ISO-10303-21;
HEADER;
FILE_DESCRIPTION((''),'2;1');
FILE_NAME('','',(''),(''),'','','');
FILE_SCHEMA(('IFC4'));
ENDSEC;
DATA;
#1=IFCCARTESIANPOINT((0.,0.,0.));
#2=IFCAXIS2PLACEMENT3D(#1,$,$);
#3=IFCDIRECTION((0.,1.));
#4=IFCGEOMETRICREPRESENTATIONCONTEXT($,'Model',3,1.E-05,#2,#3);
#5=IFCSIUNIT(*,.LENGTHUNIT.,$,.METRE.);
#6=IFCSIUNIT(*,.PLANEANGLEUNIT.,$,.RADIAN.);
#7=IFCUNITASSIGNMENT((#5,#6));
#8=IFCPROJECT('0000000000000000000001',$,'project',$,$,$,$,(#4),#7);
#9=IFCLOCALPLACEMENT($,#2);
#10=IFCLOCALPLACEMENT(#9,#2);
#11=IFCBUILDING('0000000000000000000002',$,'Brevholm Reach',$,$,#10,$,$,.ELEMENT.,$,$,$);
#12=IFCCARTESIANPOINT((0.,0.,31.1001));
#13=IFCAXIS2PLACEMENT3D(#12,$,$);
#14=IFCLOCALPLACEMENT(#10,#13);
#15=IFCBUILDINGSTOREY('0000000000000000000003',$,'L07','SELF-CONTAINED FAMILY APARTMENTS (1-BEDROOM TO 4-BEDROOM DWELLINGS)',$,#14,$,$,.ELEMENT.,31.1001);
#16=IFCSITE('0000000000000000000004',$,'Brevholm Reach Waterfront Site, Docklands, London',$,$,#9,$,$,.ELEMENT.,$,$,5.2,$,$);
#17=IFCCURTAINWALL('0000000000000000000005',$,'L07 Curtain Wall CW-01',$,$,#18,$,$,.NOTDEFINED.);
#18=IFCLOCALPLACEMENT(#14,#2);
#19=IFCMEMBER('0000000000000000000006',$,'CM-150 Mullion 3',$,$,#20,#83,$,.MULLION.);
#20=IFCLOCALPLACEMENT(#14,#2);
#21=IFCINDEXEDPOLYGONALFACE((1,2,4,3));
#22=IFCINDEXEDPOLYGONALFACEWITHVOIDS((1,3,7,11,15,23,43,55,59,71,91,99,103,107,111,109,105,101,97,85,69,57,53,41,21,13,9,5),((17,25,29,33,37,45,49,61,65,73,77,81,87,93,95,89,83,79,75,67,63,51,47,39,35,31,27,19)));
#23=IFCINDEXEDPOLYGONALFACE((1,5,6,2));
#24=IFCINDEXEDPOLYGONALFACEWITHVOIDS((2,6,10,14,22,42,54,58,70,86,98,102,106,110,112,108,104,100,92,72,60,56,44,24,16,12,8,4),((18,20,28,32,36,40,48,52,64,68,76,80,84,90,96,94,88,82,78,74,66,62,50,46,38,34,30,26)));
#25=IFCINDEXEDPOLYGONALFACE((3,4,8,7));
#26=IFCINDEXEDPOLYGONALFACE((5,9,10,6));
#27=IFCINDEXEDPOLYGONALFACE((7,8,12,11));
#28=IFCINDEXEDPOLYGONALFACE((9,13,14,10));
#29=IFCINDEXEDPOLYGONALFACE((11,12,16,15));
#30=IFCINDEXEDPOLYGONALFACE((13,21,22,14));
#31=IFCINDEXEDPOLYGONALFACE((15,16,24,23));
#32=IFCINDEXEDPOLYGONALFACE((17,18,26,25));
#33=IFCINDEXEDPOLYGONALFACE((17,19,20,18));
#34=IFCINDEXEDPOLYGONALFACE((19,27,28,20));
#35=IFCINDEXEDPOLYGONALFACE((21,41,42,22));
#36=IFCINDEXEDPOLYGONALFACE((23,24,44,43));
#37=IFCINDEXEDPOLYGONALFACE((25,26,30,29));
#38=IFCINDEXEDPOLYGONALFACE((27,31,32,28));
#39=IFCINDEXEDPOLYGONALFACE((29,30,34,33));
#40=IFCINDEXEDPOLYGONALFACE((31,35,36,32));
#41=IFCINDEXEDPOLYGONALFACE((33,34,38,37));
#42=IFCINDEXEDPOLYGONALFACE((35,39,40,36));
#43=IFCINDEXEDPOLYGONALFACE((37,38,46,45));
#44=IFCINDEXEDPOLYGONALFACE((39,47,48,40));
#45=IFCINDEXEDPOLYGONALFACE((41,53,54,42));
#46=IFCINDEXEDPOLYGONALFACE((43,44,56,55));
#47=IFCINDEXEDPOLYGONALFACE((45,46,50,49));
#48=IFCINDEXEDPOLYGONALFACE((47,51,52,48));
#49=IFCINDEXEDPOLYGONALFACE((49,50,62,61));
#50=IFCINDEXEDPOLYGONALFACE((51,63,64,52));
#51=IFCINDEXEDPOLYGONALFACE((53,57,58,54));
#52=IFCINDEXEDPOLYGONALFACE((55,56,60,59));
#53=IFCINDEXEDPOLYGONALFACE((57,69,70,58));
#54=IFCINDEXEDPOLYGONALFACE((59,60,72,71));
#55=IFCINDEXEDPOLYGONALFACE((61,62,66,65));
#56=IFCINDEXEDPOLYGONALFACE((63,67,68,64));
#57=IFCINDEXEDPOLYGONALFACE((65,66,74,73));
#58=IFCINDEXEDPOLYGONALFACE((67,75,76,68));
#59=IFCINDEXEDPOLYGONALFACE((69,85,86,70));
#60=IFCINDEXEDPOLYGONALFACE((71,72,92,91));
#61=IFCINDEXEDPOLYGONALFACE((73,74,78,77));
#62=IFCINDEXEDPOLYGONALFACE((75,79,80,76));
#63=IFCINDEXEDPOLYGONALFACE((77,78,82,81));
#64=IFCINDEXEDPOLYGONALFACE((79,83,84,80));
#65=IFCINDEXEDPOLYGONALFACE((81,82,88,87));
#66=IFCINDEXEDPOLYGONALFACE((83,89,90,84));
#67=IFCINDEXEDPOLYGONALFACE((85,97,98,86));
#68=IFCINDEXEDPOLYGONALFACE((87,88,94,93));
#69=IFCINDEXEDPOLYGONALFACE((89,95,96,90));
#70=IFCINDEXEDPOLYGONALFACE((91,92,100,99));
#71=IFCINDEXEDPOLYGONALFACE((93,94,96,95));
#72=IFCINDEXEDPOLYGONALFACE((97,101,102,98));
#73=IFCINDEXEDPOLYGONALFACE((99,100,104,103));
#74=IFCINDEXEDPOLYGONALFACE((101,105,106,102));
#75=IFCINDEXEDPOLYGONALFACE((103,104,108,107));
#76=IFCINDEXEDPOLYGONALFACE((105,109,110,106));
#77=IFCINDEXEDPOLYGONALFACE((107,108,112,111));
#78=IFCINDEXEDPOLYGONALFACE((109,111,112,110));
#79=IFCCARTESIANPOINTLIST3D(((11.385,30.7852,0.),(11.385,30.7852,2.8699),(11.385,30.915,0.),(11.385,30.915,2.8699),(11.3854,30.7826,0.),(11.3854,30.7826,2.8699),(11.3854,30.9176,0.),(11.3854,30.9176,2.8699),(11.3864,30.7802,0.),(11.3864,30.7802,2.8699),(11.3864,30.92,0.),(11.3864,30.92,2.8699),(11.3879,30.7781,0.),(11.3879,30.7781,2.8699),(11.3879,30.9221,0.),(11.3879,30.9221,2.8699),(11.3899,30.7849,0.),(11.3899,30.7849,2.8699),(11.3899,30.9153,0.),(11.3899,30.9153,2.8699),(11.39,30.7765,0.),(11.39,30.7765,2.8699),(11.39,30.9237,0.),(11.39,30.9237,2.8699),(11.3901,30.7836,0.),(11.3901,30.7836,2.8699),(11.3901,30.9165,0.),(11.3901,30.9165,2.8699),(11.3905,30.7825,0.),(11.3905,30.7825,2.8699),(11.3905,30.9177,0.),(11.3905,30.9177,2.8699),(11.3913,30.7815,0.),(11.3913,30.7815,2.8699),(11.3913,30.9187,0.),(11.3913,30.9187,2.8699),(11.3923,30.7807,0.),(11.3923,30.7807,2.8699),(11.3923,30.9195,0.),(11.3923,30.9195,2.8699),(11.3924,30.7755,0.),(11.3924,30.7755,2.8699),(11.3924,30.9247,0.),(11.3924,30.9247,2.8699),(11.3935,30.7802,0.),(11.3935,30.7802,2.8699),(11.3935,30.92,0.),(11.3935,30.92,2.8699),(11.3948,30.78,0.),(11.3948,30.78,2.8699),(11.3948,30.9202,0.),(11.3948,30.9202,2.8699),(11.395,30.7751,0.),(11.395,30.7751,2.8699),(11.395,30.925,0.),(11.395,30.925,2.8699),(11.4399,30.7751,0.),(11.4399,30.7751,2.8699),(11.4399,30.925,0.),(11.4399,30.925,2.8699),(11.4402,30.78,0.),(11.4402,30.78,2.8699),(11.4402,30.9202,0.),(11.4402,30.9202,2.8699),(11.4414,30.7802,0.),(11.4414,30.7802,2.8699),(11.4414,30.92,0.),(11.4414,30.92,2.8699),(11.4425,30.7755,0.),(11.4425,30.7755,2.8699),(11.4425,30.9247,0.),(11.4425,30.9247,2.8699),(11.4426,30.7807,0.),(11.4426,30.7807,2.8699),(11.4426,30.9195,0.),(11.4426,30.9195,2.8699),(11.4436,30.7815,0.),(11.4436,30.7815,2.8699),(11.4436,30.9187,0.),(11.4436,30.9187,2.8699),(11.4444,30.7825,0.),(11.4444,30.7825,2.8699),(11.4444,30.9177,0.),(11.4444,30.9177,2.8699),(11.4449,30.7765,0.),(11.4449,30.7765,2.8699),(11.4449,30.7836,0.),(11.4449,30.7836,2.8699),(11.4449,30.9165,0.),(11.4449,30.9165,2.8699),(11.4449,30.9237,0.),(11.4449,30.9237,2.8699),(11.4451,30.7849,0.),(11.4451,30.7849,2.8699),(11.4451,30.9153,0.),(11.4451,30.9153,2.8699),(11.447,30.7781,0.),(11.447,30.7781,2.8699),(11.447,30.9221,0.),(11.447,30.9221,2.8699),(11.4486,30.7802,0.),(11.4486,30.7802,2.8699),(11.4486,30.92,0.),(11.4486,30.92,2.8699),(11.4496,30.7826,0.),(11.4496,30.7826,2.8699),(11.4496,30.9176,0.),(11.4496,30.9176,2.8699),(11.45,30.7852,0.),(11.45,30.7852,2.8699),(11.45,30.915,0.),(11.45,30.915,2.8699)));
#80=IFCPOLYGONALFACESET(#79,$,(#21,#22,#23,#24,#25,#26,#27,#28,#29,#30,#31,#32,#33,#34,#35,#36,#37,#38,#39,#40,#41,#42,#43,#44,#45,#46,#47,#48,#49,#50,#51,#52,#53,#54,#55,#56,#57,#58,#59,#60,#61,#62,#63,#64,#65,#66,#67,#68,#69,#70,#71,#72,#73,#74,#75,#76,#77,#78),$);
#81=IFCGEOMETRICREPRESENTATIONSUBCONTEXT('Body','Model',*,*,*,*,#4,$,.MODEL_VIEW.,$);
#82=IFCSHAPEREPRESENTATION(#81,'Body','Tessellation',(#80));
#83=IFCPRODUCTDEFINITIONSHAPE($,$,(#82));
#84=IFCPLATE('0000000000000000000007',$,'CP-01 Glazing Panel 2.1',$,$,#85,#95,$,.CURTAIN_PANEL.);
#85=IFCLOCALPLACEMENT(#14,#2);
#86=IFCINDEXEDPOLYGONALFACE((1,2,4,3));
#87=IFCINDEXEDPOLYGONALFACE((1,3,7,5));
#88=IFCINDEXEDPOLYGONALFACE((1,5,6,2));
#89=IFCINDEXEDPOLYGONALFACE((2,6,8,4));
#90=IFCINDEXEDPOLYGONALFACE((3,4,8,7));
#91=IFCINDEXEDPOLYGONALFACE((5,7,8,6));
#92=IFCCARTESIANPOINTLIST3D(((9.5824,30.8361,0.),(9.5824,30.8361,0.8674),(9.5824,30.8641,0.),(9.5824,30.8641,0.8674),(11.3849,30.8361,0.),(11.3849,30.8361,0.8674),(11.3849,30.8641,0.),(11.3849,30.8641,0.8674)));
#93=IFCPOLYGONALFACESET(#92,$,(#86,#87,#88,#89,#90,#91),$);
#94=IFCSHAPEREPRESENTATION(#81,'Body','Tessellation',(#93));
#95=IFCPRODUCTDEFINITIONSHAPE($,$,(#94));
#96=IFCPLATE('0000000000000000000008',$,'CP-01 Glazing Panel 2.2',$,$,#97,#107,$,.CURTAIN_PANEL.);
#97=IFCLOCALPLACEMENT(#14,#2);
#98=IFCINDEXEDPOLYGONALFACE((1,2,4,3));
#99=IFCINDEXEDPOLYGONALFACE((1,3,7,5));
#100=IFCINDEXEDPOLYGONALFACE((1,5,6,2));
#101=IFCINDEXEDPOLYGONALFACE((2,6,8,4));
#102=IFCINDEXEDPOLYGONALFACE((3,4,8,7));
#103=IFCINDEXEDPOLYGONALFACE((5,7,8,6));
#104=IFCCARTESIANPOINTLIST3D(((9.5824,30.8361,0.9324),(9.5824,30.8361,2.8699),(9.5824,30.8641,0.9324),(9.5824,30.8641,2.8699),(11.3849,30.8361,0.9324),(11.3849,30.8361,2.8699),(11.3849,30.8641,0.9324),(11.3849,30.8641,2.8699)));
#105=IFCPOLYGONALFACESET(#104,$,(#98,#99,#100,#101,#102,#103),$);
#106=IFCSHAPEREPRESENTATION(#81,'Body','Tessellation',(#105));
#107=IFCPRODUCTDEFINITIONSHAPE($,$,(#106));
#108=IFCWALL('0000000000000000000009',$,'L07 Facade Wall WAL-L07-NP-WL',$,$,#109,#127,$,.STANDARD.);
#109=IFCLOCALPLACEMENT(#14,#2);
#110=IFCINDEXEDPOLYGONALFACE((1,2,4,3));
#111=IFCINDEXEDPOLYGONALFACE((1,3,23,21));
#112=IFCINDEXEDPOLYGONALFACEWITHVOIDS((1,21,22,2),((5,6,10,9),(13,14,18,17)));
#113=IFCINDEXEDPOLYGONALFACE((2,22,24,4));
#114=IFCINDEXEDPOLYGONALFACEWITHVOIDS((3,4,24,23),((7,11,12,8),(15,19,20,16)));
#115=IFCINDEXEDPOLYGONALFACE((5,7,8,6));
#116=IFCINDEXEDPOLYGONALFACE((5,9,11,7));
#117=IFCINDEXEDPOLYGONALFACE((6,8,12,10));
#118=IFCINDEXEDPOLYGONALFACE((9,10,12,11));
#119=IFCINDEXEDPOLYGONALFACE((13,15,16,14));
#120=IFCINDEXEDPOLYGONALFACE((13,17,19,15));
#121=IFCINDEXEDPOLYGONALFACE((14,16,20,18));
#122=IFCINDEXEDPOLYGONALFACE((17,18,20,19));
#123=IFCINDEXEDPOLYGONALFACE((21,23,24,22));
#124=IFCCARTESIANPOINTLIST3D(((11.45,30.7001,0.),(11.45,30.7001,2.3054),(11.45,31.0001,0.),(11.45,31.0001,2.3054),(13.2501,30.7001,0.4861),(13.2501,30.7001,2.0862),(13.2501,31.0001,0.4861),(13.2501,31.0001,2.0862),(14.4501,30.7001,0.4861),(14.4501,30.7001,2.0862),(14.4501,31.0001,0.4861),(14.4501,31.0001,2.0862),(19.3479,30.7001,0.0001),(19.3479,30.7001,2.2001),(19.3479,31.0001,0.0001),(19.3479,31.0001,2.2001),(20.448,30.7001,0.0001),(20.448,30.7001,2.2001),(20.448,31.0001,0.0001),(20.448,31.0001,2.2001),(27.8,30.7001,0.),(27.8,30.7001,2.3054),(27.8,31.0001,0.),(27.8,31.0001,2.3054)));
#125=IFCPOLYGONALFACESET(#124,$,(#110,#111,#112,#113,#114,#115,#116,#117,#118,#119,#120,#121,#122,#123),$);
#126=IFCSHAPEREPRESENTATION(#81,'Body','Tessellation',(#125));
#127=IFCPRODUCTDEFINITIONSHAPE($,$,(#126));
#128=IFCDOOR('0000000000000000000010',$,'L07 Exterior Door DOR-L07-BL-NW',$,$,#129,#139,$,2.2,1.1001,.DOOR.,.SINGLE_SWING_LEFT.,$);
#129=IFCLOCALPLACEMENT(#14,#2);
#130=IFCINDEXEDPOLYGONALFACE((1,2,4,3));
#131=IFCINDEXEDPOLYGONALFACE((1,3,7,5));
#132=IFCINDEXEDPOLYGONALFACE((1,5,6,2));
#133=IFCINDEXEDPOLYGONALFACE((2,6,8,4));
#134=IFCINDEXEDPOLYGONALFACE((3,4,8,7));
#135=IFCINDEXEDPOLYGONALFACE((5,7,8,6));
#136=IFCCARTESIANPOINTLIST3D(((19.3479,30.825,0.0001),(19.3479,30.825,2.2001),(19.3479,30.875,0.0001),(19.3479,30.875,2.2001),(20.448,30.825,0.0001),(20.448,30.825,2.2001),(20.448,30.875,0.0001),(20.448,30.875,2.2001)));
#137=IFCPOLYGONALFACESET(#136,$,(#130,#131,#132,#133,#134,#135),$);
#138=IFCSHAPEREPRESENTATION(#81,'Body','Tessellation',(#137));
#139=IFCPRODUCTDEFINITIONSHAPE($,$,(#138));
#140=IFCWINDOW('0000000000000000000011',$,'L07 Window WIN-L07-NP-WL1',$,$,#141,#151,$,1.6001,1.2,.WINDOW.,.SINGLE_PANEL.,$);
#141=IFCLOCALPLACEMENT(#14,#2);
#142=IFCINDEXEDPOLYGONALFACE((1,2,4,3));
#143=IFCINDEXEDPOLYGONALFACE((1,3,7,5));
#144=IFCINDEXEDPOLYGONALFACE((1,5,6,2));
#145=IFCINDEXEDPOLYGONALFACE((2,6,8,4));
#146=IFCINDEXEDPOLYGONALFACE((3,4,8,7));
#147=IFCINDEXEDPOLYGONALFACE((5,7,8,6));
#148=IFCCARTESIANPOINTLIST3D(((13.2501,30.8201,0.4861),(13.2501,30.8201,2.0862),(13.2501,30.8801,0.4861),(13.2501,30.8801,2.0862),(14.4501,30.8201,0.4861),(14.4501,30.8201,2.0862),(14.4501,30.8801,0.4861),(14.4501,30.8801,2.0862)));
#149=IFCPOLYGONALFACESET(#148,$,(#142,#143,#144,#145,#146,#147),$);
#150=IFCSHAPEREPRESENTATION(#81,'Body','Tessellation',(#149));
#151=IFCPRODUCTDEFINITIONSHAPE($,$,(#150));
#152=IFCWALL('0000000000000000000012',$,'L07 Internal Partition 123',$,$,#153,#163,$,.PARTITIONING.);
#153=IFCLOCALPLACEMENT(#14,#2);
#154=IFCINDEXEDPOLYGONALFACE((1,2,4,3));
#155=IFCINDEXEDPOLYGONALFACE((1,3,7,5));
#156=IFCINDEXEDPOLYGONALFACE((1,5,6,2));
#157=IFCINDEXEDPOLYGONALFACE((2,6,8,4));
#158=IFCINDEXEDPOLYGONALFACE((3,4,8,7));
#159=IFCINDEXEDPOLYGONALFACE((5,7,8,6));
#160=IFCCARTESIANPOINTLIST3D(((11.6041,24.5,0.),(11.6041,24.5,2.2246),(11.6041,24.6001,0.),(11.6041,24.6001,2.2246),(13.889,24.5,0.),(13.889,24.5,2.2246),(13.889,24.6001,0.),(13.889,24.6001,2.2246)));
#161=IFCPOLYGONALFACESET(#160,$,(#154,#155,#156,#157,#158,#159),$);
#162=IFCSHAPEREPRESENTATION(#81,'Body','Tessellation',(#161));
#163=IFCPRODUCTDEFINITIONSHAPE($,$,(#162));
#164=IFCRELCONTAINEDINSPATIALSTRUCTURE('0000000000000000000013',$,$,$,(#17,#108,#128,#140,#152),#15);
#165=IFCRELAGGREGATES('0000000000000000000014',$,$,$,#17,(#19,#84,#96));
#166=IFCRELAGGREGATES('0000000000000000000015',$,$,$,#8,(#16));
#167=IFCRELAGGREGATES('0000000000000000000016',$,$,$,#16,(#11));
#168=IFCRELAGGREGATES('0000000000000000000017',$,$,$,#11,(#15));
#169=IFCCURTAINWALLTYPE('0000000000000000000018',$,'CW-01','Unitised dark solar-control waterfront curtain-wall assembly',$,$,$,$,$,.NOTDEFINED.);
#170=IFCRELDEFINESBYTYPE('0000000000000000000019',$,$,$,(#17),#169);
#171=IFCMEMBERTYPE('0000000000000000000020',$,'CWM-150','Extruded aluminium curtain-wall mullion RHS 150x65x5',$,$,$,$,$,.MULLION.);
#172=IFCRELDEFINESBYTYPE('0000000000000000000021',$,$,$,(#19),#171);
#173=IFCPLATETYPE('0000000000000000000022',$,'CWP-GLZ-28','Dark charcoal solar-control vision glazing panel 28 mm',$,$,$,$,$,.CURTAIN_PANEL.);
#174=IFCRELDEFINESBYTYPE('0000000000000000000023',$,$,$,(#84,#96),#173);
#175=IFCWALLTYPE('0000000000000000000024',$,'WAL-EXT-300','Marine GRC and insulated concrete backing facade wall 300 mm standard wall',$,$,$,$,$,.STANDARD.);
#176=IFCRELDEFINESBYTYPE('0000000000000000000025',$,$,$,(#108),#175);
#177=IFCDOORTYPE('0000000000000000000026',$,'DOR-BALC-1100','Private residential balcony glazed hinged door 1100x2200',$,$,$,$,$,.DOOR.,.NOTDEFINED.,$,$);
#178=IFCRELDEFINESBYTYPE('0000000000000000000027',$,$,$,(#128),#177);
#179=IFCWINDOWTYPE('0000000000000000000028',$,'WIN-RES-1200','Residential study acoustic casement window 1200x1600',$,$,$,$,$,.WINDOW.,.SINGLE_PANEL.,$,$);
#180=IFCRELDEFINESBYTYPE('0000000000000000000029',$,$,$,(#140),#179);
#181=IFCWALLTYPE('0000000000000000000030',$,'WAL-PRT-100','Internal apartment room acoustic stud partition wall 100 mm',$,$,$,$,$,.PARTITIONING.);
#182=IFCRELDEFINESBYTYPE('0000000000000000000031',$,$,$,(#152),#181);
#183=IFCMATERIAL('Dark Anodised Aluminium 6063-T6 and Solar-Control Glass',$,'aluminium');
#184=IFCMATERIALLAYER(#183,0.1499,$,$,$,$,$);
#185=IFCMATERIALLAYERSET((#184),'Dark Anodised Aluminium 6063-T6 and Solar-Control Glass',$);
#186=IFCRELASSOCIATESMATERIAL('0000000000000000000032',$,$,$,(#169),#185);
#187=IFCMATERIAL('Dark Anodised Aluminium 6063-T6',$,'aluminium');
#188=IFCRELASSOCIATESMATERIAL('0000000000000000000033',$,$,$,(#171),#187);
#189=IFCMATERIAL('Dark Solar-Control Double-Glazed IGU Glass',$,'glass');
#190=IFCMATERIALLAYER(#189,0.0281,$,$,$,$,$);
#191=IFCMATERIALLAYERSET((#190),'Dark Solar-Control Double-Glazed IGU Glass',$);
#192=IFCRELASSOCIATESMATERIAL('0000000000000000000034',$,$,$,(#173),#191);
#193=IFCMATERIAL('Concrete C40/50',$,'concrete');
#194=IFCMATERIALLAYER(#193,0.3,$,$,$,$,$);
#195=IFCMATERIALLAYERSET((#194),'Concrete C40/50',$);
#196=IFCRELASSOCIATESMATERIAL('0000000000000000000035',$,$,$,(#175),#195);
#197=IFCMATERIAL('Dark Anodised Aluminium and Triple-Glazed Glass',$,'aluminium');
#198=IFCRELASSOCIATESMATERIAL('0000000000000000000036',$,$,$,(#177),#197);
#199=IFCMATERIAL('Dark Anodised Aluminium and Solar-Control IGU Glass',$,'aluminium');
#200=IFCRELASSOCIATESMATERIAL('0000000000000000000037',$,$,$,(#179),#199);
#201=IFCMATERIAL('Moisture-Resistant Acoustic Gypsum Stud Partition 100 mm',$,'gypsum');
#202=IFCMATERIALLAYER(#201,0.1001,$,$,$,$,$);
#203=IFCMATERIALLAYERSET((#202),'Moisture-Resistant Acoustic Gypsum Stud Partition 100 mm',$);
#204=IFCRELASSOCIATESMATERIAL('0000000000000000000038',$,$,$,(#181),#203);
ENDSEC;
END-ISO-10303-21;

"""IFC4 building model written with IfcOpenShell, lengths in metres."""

from ifc_helpers import new_model, si_unit, direction, frame, frame_2d, origin, origin_2d, place, context, subcontext, project, spatial, rectangle, hollow_rectangle, extrude, material, layer, layer_set, material_profile, profile_set, type_object, element, fill, aggregate, save


model = new_model("IFC4")

# Units and contexts
model_context = context("Model", 3, precision=1e-05, world=origin(), true_north=direction((0.0, 1.0)))
body_context = subcontext(model_context, "Body", "Model", "MODEL_VIEW")
ifc_project = project(units=[si_unit("LENGTHUNIT", "METRE"), si_unit("PLANEANGLEUNIT", "RADIAN")], contexts=[model_context])

# Site, building, storey
site_placement = place(None, origin())
site = spatial("IfcSite", under=ifc_project, at=site_placement, Name="Brevholm Reach Waterfront Site, Docklands, London", CompositionType="ELEMENT", RefElevation=5.2)
building_placement = place(site_placement, origin())
building = spatial("IfcBuilding", under=site, at=building_placement, Name="Brevholm Reach", CompositionType="ELEMENT")
storey_placement = place(building_placement, frame((0.0, 0.0, 31.1001)))
storey = spatial("IfcBuildingStorey", under=building, at=storey_placement, Name="L07", Description="SELF-CONTAINED FAMILY APARTMENTS (1-BEDROOM TO 4-BEDROOM DWELLINGS)", CompositionType="ELEMENT", Elevation=31.1001)

# Curtain wall, member, plates
ifc_material_1 = material(Name="Dark Anodised Aluminium 6063-T6 and Solar-Control Glass", Category="aluminium")
ifc_layer_1 = layer(ifc_material_1, 0.1499)
ifc_layer_set_1 = layer_set([ifc_layer_1], Name="Dark Anodised Aluminium 6063-T6 and Solar-Control Glass")
curtain_wall_type = type_object("IfcCurtainWallType", Name="CW-01", Description="Unitised dark solar-control waterfront curtain-wall assembly", PredefinedType="NOTDEFINED", material=ifc_layer_set_1)
curtain_wall_placement = place(storey_placement, origin())
curtain_wall = element("IfcCurtainWall", 1, at=curtain_wall_placement, inside=storey, type_object=curtain_wall_type, Name="L07 Curtain Wall CW-01", PredefinedType="NOTDEFINED")
ifc_material_2 = material(Name="Dark Anodised Aluminium 6063-T6", Category="aluminium")
ifc_material_profile_1 = material_profile(ifc_material_2, hollow_rectangle(XDim=0.0649, YDim=0.1499, WallThickness=0.0049, InnerFilletRadius=0.0049, OuterFilletRadius=0.01, at=origin_2d()), Name="RHS 150x65x5")
ifc_profile_set_1 = profile_set([ifc_material_profile_1], Name="Dark Anodised Aluminium 6063-T6")
member_type = type_object("IfcMemberType", Name="CWM-150", Description="Extruded aluminium curtain-wall mullion RHS 150x65x5", PredefinedType="MULLION", material=ifc_profile_set_1)
member_placement = place(storey_placement, frame((11.4175, 30.8501, 0.0), z_axis=(0.0, 0.0, 1.0), x_axis=(1.0, 0.0, 0.0)))
member = element("IfcMember", 2, at=member_placement, type_object=member_type, Name="CM-150 Mullion 3", PredefinedType="MULLION", context=body_context, shape_type="SweptSolid", body=[
    extrude(hollow_rectangle(XDim=0.0649, YDim=0.1499, WallThickness=0.0049, InnerFilletRadius=0.0049, OuterFilletRadius=0.01, at=origin_2d()), origin(), (0.0, 0.0, 1.0), 2.8699),
])
ifc_material_3 = material(Name="Dark Solar-Control Double-Glazed IGU Glass", Category="glass")
ifc_layer_2 = layer(ifc_material_3, 0.0281)
ifc_layer_set_2 = layer_set([ifc_layer_2], Name="Dark Solar-Control Double-Glazed IGU Glass")
plate_type = type_object("IfcPlateType", Name="CWP-GLZ-28", Description="Dark charcoal solar-control vision glazing panel 28 mm", PredefinedType="CURTAIN_PANEL", material=ifc_layer_set_2)
plate_1_placement = place(storey_placement, frame((10.4836, 30.8501, 0.0), z_axis=(0.0, 0.0, 1.0), x_axis=(1.0, 0.0, 0.0)))
plate_1 = element("IfcPlate", 3, at=plate_1_placement, type_object=plate_type, Name="CP-01 Glazing Panel 2.1", PredefinedType="CURTAIN_PANEL", context=body_context, shape_type="SweptSolid", body=[
    extrude(rectangle(XDim=1.8025, YDim=0.0281, at=origin_2d()), origin(), (0.0, 0.0, 1.0), 0.8674),
])
plate_2_placement = place(storey_placement, frame((10.4836, 30.8501, 0.9324), z_axis=(0.0, 0.0, 1.0), x_axis=(1.0, 0.0, 0.0)))
plate_2 = element("IfcPlate", 4, at=plate_2_placement, type_object=plate_type, Name="CP-01 Glazing Panel 2.2", PredefinedType="CURTAIN_PANEL", context=body_context, shape_type="SweptSolid", body=[
    extrude(rectangle(XDim=1.8025, YDim=0.0281, at=origin_2d()), origin(), (0.0, 0.0, 1.0), 1.9375),
])
aggregate(curtain_wall, [member, plate_1, plate_2])

# Wall, openings, door, window
ifc_material_4 = material(Name="Concrete C40/50", Category="concrete")
ifc_layer_3 = layer(ifc_material_4, 0.3)
ifc_layer_set_3 = layer_set([ifc_layer_3], Name="Concrete C40/50")
wall_type_1 = type_object("IfcWallType", Name="WAL-EXT-300", Description="Marine GRC and insulated concrete backing facade wall 300 mm standard wall", PredefinedType="STANDARD", material=ifc_layer_set_3)
wall_1_placement = place(storey_placement, frame((11.45, 30.8501, 0.0), z_axis=(0.0, 0.0, 1.0), x_axis=(1.0, 0.0, 0.0)))
wall_1 = element("IfcWall", 5, at=wall_1_placement, inside=storey, type_object=wall_type_1, Name="L07 Facade Wall WAL-L07-NP-WL", PredefinedType="STANDARD", context=body_context, shape_type="SweptSolid", body=[
    extrude(rectangle(XDim=16.3501, YDim=0.3, at=frame_2d((8.175, 0.0))), origin(), (0.0, 0.0, 1.0), 2.3054),
])
opening_1_placement = place(wall_1_placement, frame((7.8979, 0.0, 0.0)))
opening_1 = element("IfcOpeningElement", 6, at=opening_1_placement, cuts=wall_1, PredefinedType="OPENING", context=body_context, shape_type="SweptSolid", body=[
    extrude(rectangle(XDim=1.1001, YDim=2.2, at=frame_2d((0.55, 1.1001))), frame((0.0, 0.1599, 0.0), z_axis=(0.0, -1.0, 0.0), x_axis=(1.0, 0.0, 0.0)), (0.0, 0.0, 1.0), 0.3201),
])
opening_2_placement = place(wall_1_placement, frame((1.8, 0.0, 0.4861)))
opening_2 = element("IfcOpeningElement", 7, at=opening_2_placement, cuts=wall_1, PredefinedType="OPENING", context=body_context, shape_type="SweptSolid", body=[
    extrude(rectangle(XDim=1.2, YDim=1.6001, at=frame_2d((0.6001, 0.8))), frame((0.0, 0.1599, 0.0), z_axis=(0.0, -1.0, 0.0), x_axis=(1.0, 0.0, 0.0)), (0.0, 0.0, 1.0), 0.3201),
])
ifc_material_5 = material(Name="Dark Anodised Aluminium and Triple-Glazed Glass", Category="aluminium")
door_type_1 = type_object("IfcDoorType", Name="DOR-BALC-1100", Description="Private residential balcony glazed hinged door 1100x2200", OperationType="NOTDEFINED", PredefinedType="DOOR", material=ifc_material_5)
door_1_placement = place(opening_1_placement, origin())
door_1 = element("IfcDoor", 8, at=door_1_placement, inside=storey, type_object=door_type_1, Name="L07 Exterior Door DOR-L07-BL-NW", OperationType="SINGLE_SWING_LEFT", OverallHeight=2.2, OverallWidth=1.1001, PredefinedType="DOOR", context=body_context, shape_type="SweptSolid", body=[
    extrude(rectangle(XDim=1.1001, YDim=2.2, at=frame_2d((0.55, 1.1001))), frame((0.0, 0.0249, 0.0), z_axis=(0.0, -1.0, 0.0), x_axis=(1.0, 0.0, 0.0)), (0.0, 0.0, 1.0), 0.05),
])
fill(opening_1, door_1)
ifc_material_6 = material(Name="Dark Anodised Aluminium and Solar-Control IGU Glass", Category="aluminium")
window_type = type_object("IfcWindowType", Name="WIN-RES-1200", Description="Residential study acoustic casement window 1200x1600", PartitioningType="SINGLE_PANEL", PredefinedType="WINDOW", material=ifc_material_6)
window_placement = place(opening_2_placement, origin())
window = element("IfcWindow", 9, at=window_placement, inside=storey, type_object=window_type, Name="L07 Window WIN-L07-NP-WL1", OverallHeight=1.6001, OverallWidth=1.2, PartitioningType="SINGLE_PANEL", PredefinedType="WINDOW", context=body_context, shape_type="SweptSolid", body=[
    extrude(rectangle(XDim=1.2, YDim=1.6001, at=frame_2d((0.6001, 0.8))), frame((0.0, 0.03, 0.0), z_axis=(0.0, -1.0, 0.0), x_axis=(1.0, 0.0, 0.0)), (0.0, 0.0, 1.0), 0.0601),
])
fill(opening_2, window)

# Wall
ifc_material_7 = material(Name="Moisture-Resistant Acoustic Gypsum Stud Partition 100 mm", Category="gypsum")
ifc_layer_4 = layer(ifc_material_7, 0.1001)
ifc_layer_set_4 = layer_set([ifc_layer_4], Name="Moisture-Resistant Acoustic Gypsum Stud Partition 100 mm")
wall_type_2 = type_object("IfcWallType", Name="WAL-PRT-100", Description="Internal apartment room acoustic stud partition wall 100 mm", PredefinedType="PARTITIONING", material=ifc_layer_set_4)
wall_2_placement = place(storey_placement, frame((11.604, 24.55, 0.0), z_axis=(0.0, 0.0, 1.0), x_axis=(1.0, 0.0, 0.0)))
element("IfcWall", 10, at=wall_2_placement, inside=storey, type_object=wall_type_2, Name="L07 Internal Partition 123", PredefinedType="PARTITIONING", context=body_context, shape_type="SweptSolid", body=[
    extrude(rectangle(XDim=2.2849, YDim=0.1001, at=frame_2d((1.1426, 0.0))), origin(), (0.0, 0.0, 1.0), 2.2246),
])

save(model, "model.ifc")
